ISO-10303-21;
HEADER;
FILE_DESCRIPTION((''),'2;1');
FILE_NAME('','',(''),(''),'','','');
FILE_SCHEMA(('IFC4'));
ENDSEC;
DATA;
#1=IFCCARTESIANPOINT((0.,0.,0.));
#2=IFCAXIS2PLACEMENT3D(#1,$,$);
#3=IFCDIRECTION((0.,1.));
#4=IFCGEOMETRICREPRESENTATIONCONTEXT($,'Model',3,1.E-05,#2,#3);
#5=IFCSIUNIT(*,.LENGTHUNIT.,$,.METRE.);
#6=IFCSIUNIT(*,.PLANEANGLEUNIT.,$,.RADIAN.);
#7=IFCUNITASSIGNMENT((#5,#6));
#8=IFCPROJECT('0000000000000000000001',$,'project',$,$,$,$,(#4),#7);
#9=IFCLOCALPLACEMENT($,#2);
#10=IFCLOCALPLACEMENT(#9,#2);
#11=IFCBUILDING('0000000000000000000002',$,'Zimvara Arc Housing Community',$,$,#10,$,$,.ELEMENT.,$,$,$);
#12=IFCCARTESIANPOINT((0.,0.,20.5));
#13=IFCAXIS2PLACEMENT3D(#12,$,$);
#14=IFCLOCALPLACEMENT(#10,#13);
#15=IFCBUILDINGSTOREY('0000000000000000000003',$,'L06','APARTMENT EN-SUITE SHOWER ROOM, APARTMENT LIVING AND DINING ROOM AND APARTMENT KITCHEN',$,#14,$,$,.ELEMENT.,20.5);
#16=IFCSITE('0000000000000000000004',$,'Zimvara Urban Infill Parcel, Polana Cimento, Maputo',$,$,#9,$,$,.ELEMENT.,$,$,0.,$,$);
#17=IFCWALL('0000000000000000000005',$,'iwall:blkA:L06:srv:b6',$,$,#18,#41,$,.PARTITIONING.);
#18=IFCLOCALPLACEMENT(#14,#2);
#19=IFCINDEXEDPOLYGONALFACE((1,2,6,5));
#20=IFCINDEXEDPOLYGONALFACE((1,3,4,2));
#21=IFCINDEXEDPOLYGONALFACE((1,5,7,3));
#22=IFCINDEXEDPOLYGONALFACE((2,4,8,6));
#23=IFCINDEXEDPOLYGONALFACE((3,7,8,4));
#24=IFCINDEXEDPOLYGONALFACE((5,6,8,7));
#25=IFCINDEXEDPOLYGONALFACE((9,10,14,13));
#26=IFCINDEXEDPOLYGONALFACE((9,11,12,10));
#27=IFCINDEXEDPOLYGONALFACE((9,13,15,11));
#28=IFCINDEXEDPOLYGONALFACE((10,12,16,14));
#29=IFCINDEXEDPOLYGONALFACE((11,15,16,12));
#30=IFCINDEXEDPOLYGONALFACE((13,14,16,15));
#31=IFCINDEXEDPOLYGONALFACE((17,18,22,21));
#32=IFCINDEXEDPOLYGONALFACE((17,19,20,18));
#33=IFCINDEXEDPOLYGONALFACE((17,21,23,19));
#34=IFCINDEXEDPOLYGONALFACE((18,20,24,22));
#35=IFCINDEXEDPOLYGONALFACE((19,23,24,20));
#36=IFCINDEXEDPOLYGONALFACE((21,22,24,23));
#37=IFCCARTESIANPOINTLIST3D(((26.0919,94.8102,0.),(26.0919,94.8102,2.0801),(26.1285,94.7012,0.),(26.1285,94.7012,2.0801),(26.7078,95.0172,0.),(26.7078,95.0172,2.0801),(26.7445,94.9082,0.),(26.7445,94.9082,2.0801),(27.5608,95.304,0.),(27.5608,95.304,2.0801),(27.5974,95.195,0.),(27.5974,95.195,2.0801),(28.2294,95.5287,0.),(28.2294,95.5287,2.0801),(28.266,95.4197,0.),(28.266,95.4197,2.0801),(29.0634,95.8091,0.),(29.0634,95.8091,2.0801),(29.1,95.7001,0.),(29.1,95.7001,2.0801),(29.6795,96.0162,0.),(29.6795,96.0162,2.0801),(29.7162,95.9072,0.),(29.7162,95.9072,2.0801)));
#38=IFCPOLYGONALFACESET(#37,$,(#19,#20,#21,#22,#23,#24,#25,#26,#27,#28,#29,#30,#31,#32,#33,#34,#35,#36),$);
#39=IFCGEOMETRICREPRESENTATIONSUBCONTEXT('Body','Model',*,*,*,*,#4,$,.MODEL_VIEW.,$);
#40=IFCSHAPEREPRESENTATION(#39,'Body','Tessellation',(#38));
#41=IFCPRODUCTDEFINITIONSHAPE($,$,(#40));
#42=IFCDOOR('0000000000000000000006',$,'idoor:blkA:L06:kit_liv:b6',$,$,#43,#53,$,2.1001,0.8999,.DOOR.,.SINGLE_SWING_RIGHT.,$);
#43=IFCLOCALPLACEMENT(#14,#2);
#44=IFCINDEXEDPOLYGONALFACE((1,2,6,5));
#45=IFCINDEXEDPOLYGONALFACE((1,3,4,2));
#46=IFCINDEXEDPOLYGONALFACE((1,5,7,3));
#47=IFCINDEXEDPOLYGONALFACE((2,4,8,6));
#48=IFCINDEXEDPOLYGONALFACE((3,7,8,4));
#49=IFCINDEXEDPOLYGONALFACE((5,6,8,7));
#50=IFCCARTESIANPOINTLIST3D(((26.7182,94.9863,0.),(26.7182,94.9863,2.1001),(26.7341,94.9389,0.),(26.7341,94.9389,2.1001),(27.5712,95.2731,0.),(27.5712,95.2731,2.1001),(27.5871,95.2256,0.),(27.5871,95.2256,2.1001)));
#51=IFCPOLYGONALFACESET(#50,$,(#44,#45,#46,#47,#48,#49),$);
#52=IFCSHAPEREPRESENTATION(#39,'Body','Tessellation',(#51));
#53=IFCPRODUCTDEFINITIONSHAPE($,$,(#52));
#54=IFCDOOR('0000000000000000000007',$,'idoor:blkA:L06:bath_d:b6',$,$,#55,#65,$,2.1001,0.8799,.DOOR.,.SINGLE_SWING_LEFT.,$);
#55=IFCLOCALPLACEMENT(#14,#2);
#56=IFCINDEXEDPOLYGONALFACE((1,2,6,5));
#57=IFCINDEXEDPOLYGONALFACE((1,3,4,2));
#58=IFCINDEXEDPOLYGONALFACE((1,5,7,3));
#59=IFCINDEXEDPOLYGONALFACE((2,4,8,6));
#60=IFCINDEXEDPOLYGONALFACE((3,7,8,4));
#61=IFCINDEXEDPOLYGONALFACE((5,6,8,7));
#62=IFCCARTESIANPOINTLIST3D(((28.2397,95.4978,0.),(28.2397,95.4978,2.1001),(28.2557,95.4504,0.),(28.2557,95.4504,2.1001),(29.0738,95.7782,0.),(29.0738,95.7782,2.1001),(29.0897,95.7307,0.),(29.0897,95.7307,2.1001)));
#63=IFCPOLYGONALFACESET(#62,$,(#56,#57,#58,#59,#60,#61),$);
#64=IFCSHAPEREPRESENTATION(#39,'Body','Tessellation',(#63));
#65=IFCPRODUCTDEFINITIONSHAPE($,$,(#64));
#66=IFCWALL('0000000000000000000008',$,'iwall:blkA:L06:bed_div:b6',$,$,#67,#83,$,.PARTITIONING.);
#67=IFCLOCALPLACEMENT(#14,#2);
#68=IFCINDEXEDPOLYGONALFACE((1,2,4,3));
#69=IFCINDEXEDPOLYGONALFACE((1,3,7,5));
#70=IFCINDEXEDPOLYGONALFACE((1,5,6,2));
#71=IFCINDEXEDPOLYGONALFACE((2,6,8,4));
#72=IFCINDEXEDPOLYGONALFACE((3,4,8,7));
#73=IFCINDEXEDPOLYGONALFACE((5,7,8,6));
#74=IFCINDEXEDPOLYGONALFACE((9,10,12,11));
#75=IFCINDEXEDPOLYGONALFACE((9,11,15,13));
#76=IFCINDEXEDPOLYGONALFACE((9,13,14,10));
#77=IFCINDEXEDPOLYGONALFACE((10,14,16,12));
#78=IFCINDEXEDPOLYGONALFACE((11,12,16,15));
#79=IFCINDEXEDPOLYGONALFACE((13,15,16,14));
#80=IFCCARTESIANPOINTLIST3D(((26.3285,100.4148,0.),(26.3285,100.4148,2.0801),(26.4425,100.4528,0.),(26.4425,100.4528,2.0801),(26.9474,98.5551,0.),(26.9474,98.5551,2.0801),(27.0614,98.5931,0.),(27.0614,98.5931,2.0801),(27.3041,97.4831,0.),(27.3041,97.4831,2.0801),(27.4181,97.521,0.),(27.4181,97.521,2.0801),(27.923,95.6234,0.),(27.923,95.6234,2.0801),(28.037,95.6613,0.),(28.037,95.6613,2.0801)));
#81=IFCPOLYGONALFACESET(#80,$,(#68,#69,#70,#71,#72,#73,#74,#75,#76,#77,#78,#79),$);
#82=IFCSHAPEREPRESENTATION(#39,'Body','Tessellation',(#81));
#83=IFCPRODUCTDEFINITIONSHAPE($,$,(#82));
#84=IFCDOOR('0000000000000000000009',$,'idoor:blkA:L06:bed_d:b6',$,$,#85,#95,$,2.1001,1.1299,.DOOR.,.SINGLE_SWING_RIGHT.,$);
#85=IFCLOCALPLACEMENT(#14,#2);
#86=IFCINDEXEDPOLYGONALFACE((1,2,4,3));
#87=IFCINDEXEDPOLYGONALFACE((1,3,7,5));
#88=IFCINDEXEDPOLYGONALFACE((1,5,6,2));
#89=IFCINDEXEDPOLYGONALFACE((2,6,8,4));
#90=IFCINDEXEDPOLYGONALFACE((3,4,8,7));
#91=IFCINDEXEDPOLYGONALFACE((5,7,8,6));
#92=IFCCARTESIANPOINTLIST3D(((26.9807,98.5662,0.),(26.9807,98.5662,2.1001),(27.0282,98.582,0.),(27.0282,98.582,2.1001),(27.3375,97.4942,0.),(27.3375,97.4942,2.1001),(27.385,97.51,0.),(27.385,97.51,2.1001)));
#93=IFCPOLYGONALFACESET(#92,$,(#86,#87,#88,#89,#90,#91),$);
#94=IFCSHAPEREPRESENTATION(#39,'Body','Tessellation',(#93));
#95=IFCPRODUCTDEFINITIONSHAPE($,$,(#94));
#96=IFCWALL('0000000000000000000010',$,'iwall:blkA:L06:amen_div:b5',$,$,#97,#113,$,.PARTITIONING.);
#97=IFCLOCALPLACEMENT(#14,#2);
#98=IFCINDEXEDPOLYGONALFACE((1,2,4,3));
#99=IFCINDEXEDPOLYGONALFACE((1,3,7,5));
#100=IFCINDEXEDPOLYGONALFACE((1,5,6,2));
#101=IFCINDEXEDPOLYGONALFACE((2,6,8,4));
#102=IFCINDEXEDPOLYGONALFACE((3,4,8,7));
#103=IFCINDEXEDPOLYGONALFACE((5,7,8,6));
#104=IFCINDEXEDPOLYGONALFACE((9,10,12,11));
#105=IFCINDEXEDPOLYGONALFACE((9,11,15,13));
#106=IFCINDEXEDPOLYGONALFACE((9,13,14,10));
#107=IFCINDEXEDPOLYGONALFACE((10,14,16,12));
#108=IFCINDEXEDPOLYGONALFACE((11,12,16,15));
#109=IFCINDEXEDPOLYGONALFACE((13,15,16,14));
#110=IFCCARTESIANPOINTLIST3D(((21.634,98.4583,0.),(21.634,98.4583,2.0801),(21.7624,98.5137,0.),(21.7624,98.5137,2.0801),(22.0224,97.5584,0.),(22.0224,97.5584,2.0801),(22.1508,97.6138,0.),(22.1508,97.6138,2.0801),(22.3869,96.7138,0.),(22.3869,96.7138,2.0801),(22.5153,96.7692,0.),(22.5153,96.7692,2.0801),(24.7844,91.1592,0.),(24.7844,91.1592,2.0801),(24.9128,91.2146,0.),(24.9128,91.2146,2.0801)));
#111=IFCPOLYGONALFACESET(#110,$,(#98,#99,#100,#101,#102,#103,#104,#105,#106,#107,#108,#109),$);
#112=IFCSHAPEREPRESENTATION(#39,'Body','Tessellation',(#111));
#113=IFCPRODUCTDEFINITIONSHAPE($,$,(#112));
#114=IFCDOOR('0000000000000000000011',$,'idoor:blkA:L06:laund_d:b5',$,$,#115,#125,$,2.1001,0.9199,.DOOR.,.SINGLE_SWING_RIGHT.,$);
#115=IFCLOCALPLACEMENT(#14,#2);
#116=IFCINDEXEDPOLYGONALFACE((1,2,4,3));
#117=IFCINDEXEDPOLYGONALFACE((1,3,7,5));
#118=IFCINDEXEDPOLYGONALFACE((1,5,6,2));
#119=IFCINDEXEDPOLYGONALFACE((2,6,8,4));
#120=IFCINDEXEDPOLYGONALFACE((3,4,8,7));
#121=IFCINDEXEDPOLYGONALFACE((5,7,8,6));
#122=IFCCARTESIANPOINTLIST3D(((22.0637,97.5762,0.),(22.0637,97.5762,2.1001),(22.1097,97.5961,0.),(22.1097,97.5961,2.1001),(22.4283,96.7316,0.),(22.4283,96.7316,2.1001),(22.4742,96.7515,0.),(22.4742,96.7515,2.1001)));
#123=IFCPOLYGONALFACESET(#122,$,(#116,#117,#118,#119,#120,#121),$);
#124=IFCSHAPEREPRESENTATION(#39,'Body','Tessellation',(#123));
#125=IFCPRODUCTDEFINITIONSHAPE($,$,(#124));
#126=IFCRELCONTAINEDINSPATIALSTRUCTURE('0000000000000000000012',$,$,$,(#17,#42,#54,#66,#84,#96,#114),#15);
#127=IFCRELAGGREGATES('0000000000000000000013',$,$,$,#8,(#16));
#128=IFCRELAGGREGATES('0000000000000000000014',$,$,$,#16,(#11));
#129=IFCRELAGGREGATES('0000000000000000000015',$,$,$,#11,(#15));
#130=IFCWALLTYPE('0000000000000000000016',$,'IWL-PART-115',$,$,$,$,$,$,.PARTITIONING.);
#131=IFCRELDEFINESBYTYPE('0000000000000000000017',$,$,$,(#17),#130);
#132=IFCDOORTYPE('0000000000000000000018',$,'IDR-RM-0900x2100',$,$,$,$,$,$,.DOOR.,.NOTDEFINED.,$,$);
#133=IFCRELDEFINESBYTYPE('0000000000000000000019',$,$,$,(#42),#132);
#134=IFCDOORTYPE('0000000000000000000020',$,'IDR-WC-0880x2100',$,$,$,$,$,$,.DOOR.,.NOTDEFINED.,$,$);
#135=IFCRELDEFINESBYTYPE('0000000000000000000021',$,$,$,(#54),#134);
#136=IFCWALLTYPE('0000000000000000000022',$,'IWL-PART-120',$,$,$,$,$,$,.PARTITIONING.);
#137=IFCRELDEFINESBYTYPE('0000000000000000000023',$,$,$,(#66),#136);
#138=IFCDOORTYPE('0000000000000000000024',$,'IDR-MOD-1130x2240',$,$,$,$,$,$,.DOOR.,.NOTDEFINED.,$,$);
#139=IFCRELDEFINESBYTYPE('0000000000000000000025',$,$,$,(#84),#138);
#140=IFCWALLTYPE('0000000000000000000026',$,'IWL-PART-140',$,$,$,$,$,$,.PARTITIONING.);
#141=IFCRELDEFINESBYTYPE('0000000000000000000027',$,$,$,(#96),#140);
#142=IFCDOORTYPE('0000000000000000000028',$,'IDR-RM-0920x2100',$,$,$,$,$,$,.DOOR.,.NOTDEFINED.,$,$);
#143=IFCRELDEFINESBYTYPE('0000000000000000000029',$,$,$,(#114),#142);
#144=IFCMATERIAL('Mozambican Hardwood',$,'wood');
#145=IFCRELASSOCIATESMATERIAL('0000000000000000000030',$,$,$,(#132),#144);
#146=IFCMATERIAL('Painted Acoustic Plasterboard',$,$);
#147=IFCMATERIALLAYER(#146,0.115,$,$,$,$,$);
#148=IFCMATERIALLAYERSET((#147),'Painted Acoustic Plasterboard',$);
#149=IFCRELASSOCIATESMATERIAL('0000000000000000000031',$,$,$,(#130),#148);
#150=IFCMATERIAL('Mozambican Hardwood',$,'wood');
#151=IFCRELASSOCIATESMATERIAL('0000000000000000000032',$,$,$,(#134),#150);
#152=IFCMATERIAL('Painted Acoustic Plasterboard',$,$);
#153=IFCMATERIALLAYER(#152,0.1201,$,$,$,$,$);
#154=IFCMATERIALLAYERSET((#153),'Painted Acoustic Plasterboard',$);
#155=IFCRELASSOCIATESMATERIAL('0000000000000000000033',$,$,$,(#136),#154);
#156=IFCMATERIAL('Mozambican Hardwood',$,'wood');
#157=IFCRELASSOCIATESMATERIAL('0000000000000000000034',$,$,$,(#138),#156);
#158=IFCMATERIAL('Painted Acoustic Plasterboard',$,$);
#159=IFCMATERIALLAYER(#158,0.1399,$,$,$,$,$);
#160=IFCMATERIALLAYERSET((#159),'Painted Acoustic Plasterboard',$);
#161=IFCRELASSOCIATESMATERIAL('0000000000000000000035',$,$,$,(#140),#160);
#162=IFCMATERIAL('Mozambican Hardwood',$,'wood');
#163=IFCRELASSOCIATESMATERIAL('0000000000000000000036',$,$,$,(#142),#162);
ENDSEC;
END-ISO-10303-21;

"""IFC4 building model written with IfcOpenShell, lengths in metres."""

from ifc_helpers import new_model, si_unit, direction, frame, frame_2d, origin, place, context, subcontext, project, spatial, rectangle, extrude, material, layer, layer_set, type_object, element, fill, save


model = new_model("IFC4")

# Units and contexts
model_context = context("Model", 3, precision=1e-05, world=origin(), true_north=direction((0.0, 1.0)))
body_context = subcontext(model_context, "Body", "Model", "MODEL_VIEW")
ifc_project = project(units=[si_unit("LENGTHUNIT", "METRE"), si_unit("PLANEANGLEUNIT", "RADIAN")], contexts=[model_context])

# Site, building, storey
site_placement = place(None, origin())
site = spatial("IfcSite", under=ifc_project, at=site_placement, Name="Zimvara Urban Infill Parcel, Polana Cimento, Maputo", CompositionType="ELEMENT", RefElevation=0.0)
building_placement = place(site_placement, origin())
building = spatial("IfcBuilding", under=site, at=building_placement, Name="Zimvara Arc Housing Community", CompositionType="ELEMENT")
storey_placement = place(building_placement, frame((0.0, 0.0, 20.5)))
storey = spatial("IfcBuildingStorey", under=building, at=storey_placement, Name="L06", Description="APARTMENT EN-SUITE SHOWER ROOM, APARTMENT LIVING AND DINING ROOM AND APARTMENT KITCHEN", CompositionType="ELEMENT", Elevation=20.5)

# Shared definitions
ifc_material_1 = material(Name="Mozambican Hardwood", Category="wood")
door_type_1 = type_object("IfcDoorType", Name="IDR-RM-0900x2100", OperationType="NOTDEFINED", PredefinedType="DOOR", material=ifc_material_1)

# Wall, openings, doors
ifc_material_2 = material(Name="Painted Acoustic Plasterboard")
ifc_layer_1 = layer(ifc_material_2, 0.115)
ifc_layer_set_1 = layer_set([ifc_layer_1], Name="Painted Acoustic Plasterboard")
wall_type_1 = type_object("IfcWallType", Name="IWL-PART-115", PredefinedType="PARTITIONING", material=ifc_layer_set_1)
wall_1_placement = place(storey_placement, frame((26.1101, 94.7556, 0.0), z_axis=(0.0, 0.0, 1.0), x_axis=(0.947874, 0.318646, 0.0)))
wall_1 = element("IfcWall", 1, at=wall_1_placement, inside=storey, type_object=wall_type_1, Name="iwall:blkA:L06:srv:b6", PredefinedType="PARTITIONING", context=body_context, shape_type="SweptSolid", body=[
    extrude(rectangle(XDim=3.7849, YDim=0.115, at=frame_2d((1.8926, 0.0))), origin(), (0.0, 0.0, 1.0), 2.0801),
])
opening_1_placement = place(wall_1_placement, frame((0.6499, 0.0, 0.0)))
opening_1 = element("IfcOpeningElement", 2, at=opening_1_placement, cuts=wall_1, PredefinedType="OPENING", context=body_context, shape_type="SweptSolid", body=[
    extrude(rectangle(XDim=0.8999, YDim=2.1001, at=frame_2d((0.45, 1.05))), frame((0.0, 0.0674, 0.0), z_axis=(0.0, -1.0, 0.0), x_axis=(1.0, 0.0, 0.0)), (0.0, 0.0, 1.0), 0.135),
])
opening_2_placement = place(wall_1_placement, frame((2.2551, 0.0, 0.0)))
opening_2 = element("IfcOpeningElement", 3, at=opening_2_placement, cuts=wall_1, PredefinedType="OPENING", context=body_context, shape_type="SweptSolid", body=[
    extrude(rectangle(XDim=0.8799, YDim=2.1001, at=frame_2d((0.4399, 1.05))), frame((0.0, 0.0674, 0.0), z_axis=(0.0, -1.0, 0.0), x_axis=(1.0, 0.0, 0.0)), (0.0, 0.0, 1.0), 0.135),
])
door_1_placement = place(opening_1_placement, origin())
door_1 = element("IfcDoor", 4, at=door_1_placement, inside=storey, type_object=door_type_1, Name="idoor:blkA:L06:kit_liv:b6", OperationType="SINGLE_SWING_RIGHT", OverallHeight=2.1001, OverallWidth=0.8999, PredefinedType="DOOR", context=body_context, shape_type="SweptSolid", body=[
    extrude(rectangle(XDim=0.8999, YDim=2.1001, at=frame_2d((0.45, 1.05))), frame((0.0, 0.0249, 0.0), z_axis=(0.0, -1.0, 0.0), x_axis=(1.0, 0.0, 0.0)), (0.0, 0.0, 1.0), 0.05),
])
fill(opening_1, door_1)
ifc_material_3 = material(Name="Mozambican Hardwood", Category="wood")
door_type_2 = type_object("IfcDoorType", Name="IDR-WC-0880x2100", OperationType="NOTDEFINED", PredefinedType="DOOR", material=ifc_material_3)
door_2_placement = place(opening_2_placement, origin())
door_2 = element("IfcDoor", 5, at=door_2_placement, inside=storey, type_object=door_type_2, Name="idoor:blkA:L06:bath_d:b6", OperationType="SINGLE_SWING_LEFT", OverallHeight=2.1001, OverallWidth=0.8799, PredefinedType="DOOR", context=body_context, shape_type="SweptSolid", body=[
    extrude(rectangle(XDim=0.8799, YDim=2.1001, at=frame_2d((0.4399, 1.05))), frame((0.0, 0.0249, 0.0), z_axis=(0.0, -1.0, 0.0), x_axis=(1.0, 0.0, 0.0)), (0.0, 0.0, 1.0), 0.05),
])
fill(opening_2, door_2)

# Walls, openings, doors
ifc_material_4 = material(Name="Painted Acoustic Plasterboard")
ifc_layer_2 = layer(ifc_material_4, 0.1201)
ifc_layer_set_2 = layer_set([ifc_layer_2], Name="Painted Acoustic Plasterboard")
wall_type_2 = type_object("IfcWallType", Name="IWL-PART-120", PredefinedType="PARTITIONING", material=ifc_layer_set_2)
wall_2_placement = place(storey_placement, frame((27.98, 95.6423, 0.0), z_axis=(0.0, 0.0, 1.0), x_axis=(-0.315749, 0.948843, 0.0)))
wall_2 = element("IfcWall", 6, at=wall_2_placement, inside=storey, type_object=wall_type_2, Name="iwall:blkA:L06:bed_div:b6", PredefinedType="PARTITIONING", context=body_context, shape_type="SweptSolid", body=[
    extrude(rectangle(XDim=5.0498, YDim=0.1201, at=frame_2d((2.5249, 0.0))), origin(), (0.0, 0.0, 1.0), 2.0801),
])
opening_3_placement = place(wall_2_placement, frame((1.96, 0.0, 0.0)))
opening_3 = element("IfcOpeningElement", 7, at=opening_3_placement, cuts=wall_2, PredefinedType="OPENING", context=body_context, shape_type="SweptSolid", body=[
    extrude(rectangle(XDim=1.1299, YDim=2.1001, at=frame_2d((0.5649, 1.05))), frame((0.0, 0.0701, 0.0), z_axis=(0.0, -1.0, 0.0), x_axis=(1.0, 0.0, 0.0)), (0.0, 0.0, 1.0), 0.1401),
])
ifc_material_5 = material(Name="Mozambican Hardwood", Category="wood")
door_type_3 = type_object("IfcDoorType", Name="IDR-MOD-1130x2240", OperationType="NOTDEFINED", PredefinedType="DOOR", material=ifc_material_5)
door_3_placement = place(opening_3_placement, origin())
door_3 = element("IfcDoor", 8, at=door_3_placement, inside=storey, type_object=door_type_3, Name="idoor:blkA:L06:bed_d:b6", OperationType="SINGLE_SWING_RIGHT", OverallHeight=2.1001, OverallWidth=1.1299, PredefinedType="DOOR", context=body_context, shape_type="SweptSolid", body=[
    extrude(rectangle(XDim=1.1299, YDim=2.1001, at=frame_2d((0.5649, 1.05))), frame((0.0, 0.0249, 0.0), z_axis=(0.0, -1.0, 0.0), x_axis=(1.0, 0.0, 0.0)), (0.0, 0.0, 1.0), 0.05),
])
fill(opening_3, door_3)
ifc_material_6 = material(Name="Painted Acoustic Plasterboard")
ifc_layer_3 = layer(ifc_material_6, 0.1399)
ifc_layer_set_3 = layer_set([ifc_layer_3], Name="Painted Acoustic Plasterboard")
wall_type_3 = type_object("IfcWallType", Name="IWL-PART-140", PredefinedType="PARTITIONING", material=ifc_layer_set_3)
wall_3_placement = place(storey_placement, frame((24.8486, 91.1868, 0.0), z_axis=(0.0, 0.0, 1.0), x_axis=(-0.396279, 0.91813, 0.0)))
wall_3 = element("IfcWall", 9, at=wall_3_placement, inside=storey, type_object=wall_type_3, Name="iwall:blkA:L06:amen_div:b5", PredefinedType="PARTITIONING", context=body_context, shape_type="SweptSolid", body=[
    extrude(rectangle(XDim=7.95, YDim=0.1399, at=frame_2d((3.9751, 0.0))), origin(), (0.0, 0.0, 1.0), 2.0801),
])
opening_4_placement = place(wall_3_placement, frame((6.05, 0.0, 0.0)))
opening_4 = element("IfcOpeningElement", 10, at=opening_4_placement, cuts=wall_3, PredefinedType="OPENING", context=body_context, shape_type="SweptSolid", body=[
    extrude(rectangle(XDim=0.9199, YDim=2.1001, at=frame_2d((0.46, 1.05))), frame((0.0, 0.0798, 0.0), z_axis=(0.0, -1.0, 0.0), x_axis=(1.0, 0.0, 0.0)), (0.0, 0.0, 1.0), 0.1599),
])
ifc_material_7 = material(Name="Mozambican Hardwood", Category="wood")
door_type_4 = type_object("IfcDoorType", Name="IDR-RM-0920x2100", OperationType="NOTDEFINED", PredefinedType="DOOR", material=ifc_material_7)
door_4_placement = place(opening_4_placement, origin())
door_4 = element("IfcDoor", 11, at=door_4_placement, inside=storey, type_object=door_type_4, Name="idoor:blkA:L06:laund_d:b5", OperationType="SINGLE_SWING_RIGHT", OverallHeight=2.1001, OverallWidth=0.9199, PredefinedType="DOOR", context=body_context, shape_type="SweptSolid", body=[
    extrude(rectangle(XDim=0.9199, YDim=2.1001, at=frame_2d((0.46, 1.05))), frame((0.0, 0.0249, 0.0), z_axis=(0.0, -1.0, 0.0), x_axis=(1.0, 0.0, 0.0)), (0.0, 0.0, 1.0), 0.05),
])
fill(opening_4, door_4)

save(model, "model.ifc")
